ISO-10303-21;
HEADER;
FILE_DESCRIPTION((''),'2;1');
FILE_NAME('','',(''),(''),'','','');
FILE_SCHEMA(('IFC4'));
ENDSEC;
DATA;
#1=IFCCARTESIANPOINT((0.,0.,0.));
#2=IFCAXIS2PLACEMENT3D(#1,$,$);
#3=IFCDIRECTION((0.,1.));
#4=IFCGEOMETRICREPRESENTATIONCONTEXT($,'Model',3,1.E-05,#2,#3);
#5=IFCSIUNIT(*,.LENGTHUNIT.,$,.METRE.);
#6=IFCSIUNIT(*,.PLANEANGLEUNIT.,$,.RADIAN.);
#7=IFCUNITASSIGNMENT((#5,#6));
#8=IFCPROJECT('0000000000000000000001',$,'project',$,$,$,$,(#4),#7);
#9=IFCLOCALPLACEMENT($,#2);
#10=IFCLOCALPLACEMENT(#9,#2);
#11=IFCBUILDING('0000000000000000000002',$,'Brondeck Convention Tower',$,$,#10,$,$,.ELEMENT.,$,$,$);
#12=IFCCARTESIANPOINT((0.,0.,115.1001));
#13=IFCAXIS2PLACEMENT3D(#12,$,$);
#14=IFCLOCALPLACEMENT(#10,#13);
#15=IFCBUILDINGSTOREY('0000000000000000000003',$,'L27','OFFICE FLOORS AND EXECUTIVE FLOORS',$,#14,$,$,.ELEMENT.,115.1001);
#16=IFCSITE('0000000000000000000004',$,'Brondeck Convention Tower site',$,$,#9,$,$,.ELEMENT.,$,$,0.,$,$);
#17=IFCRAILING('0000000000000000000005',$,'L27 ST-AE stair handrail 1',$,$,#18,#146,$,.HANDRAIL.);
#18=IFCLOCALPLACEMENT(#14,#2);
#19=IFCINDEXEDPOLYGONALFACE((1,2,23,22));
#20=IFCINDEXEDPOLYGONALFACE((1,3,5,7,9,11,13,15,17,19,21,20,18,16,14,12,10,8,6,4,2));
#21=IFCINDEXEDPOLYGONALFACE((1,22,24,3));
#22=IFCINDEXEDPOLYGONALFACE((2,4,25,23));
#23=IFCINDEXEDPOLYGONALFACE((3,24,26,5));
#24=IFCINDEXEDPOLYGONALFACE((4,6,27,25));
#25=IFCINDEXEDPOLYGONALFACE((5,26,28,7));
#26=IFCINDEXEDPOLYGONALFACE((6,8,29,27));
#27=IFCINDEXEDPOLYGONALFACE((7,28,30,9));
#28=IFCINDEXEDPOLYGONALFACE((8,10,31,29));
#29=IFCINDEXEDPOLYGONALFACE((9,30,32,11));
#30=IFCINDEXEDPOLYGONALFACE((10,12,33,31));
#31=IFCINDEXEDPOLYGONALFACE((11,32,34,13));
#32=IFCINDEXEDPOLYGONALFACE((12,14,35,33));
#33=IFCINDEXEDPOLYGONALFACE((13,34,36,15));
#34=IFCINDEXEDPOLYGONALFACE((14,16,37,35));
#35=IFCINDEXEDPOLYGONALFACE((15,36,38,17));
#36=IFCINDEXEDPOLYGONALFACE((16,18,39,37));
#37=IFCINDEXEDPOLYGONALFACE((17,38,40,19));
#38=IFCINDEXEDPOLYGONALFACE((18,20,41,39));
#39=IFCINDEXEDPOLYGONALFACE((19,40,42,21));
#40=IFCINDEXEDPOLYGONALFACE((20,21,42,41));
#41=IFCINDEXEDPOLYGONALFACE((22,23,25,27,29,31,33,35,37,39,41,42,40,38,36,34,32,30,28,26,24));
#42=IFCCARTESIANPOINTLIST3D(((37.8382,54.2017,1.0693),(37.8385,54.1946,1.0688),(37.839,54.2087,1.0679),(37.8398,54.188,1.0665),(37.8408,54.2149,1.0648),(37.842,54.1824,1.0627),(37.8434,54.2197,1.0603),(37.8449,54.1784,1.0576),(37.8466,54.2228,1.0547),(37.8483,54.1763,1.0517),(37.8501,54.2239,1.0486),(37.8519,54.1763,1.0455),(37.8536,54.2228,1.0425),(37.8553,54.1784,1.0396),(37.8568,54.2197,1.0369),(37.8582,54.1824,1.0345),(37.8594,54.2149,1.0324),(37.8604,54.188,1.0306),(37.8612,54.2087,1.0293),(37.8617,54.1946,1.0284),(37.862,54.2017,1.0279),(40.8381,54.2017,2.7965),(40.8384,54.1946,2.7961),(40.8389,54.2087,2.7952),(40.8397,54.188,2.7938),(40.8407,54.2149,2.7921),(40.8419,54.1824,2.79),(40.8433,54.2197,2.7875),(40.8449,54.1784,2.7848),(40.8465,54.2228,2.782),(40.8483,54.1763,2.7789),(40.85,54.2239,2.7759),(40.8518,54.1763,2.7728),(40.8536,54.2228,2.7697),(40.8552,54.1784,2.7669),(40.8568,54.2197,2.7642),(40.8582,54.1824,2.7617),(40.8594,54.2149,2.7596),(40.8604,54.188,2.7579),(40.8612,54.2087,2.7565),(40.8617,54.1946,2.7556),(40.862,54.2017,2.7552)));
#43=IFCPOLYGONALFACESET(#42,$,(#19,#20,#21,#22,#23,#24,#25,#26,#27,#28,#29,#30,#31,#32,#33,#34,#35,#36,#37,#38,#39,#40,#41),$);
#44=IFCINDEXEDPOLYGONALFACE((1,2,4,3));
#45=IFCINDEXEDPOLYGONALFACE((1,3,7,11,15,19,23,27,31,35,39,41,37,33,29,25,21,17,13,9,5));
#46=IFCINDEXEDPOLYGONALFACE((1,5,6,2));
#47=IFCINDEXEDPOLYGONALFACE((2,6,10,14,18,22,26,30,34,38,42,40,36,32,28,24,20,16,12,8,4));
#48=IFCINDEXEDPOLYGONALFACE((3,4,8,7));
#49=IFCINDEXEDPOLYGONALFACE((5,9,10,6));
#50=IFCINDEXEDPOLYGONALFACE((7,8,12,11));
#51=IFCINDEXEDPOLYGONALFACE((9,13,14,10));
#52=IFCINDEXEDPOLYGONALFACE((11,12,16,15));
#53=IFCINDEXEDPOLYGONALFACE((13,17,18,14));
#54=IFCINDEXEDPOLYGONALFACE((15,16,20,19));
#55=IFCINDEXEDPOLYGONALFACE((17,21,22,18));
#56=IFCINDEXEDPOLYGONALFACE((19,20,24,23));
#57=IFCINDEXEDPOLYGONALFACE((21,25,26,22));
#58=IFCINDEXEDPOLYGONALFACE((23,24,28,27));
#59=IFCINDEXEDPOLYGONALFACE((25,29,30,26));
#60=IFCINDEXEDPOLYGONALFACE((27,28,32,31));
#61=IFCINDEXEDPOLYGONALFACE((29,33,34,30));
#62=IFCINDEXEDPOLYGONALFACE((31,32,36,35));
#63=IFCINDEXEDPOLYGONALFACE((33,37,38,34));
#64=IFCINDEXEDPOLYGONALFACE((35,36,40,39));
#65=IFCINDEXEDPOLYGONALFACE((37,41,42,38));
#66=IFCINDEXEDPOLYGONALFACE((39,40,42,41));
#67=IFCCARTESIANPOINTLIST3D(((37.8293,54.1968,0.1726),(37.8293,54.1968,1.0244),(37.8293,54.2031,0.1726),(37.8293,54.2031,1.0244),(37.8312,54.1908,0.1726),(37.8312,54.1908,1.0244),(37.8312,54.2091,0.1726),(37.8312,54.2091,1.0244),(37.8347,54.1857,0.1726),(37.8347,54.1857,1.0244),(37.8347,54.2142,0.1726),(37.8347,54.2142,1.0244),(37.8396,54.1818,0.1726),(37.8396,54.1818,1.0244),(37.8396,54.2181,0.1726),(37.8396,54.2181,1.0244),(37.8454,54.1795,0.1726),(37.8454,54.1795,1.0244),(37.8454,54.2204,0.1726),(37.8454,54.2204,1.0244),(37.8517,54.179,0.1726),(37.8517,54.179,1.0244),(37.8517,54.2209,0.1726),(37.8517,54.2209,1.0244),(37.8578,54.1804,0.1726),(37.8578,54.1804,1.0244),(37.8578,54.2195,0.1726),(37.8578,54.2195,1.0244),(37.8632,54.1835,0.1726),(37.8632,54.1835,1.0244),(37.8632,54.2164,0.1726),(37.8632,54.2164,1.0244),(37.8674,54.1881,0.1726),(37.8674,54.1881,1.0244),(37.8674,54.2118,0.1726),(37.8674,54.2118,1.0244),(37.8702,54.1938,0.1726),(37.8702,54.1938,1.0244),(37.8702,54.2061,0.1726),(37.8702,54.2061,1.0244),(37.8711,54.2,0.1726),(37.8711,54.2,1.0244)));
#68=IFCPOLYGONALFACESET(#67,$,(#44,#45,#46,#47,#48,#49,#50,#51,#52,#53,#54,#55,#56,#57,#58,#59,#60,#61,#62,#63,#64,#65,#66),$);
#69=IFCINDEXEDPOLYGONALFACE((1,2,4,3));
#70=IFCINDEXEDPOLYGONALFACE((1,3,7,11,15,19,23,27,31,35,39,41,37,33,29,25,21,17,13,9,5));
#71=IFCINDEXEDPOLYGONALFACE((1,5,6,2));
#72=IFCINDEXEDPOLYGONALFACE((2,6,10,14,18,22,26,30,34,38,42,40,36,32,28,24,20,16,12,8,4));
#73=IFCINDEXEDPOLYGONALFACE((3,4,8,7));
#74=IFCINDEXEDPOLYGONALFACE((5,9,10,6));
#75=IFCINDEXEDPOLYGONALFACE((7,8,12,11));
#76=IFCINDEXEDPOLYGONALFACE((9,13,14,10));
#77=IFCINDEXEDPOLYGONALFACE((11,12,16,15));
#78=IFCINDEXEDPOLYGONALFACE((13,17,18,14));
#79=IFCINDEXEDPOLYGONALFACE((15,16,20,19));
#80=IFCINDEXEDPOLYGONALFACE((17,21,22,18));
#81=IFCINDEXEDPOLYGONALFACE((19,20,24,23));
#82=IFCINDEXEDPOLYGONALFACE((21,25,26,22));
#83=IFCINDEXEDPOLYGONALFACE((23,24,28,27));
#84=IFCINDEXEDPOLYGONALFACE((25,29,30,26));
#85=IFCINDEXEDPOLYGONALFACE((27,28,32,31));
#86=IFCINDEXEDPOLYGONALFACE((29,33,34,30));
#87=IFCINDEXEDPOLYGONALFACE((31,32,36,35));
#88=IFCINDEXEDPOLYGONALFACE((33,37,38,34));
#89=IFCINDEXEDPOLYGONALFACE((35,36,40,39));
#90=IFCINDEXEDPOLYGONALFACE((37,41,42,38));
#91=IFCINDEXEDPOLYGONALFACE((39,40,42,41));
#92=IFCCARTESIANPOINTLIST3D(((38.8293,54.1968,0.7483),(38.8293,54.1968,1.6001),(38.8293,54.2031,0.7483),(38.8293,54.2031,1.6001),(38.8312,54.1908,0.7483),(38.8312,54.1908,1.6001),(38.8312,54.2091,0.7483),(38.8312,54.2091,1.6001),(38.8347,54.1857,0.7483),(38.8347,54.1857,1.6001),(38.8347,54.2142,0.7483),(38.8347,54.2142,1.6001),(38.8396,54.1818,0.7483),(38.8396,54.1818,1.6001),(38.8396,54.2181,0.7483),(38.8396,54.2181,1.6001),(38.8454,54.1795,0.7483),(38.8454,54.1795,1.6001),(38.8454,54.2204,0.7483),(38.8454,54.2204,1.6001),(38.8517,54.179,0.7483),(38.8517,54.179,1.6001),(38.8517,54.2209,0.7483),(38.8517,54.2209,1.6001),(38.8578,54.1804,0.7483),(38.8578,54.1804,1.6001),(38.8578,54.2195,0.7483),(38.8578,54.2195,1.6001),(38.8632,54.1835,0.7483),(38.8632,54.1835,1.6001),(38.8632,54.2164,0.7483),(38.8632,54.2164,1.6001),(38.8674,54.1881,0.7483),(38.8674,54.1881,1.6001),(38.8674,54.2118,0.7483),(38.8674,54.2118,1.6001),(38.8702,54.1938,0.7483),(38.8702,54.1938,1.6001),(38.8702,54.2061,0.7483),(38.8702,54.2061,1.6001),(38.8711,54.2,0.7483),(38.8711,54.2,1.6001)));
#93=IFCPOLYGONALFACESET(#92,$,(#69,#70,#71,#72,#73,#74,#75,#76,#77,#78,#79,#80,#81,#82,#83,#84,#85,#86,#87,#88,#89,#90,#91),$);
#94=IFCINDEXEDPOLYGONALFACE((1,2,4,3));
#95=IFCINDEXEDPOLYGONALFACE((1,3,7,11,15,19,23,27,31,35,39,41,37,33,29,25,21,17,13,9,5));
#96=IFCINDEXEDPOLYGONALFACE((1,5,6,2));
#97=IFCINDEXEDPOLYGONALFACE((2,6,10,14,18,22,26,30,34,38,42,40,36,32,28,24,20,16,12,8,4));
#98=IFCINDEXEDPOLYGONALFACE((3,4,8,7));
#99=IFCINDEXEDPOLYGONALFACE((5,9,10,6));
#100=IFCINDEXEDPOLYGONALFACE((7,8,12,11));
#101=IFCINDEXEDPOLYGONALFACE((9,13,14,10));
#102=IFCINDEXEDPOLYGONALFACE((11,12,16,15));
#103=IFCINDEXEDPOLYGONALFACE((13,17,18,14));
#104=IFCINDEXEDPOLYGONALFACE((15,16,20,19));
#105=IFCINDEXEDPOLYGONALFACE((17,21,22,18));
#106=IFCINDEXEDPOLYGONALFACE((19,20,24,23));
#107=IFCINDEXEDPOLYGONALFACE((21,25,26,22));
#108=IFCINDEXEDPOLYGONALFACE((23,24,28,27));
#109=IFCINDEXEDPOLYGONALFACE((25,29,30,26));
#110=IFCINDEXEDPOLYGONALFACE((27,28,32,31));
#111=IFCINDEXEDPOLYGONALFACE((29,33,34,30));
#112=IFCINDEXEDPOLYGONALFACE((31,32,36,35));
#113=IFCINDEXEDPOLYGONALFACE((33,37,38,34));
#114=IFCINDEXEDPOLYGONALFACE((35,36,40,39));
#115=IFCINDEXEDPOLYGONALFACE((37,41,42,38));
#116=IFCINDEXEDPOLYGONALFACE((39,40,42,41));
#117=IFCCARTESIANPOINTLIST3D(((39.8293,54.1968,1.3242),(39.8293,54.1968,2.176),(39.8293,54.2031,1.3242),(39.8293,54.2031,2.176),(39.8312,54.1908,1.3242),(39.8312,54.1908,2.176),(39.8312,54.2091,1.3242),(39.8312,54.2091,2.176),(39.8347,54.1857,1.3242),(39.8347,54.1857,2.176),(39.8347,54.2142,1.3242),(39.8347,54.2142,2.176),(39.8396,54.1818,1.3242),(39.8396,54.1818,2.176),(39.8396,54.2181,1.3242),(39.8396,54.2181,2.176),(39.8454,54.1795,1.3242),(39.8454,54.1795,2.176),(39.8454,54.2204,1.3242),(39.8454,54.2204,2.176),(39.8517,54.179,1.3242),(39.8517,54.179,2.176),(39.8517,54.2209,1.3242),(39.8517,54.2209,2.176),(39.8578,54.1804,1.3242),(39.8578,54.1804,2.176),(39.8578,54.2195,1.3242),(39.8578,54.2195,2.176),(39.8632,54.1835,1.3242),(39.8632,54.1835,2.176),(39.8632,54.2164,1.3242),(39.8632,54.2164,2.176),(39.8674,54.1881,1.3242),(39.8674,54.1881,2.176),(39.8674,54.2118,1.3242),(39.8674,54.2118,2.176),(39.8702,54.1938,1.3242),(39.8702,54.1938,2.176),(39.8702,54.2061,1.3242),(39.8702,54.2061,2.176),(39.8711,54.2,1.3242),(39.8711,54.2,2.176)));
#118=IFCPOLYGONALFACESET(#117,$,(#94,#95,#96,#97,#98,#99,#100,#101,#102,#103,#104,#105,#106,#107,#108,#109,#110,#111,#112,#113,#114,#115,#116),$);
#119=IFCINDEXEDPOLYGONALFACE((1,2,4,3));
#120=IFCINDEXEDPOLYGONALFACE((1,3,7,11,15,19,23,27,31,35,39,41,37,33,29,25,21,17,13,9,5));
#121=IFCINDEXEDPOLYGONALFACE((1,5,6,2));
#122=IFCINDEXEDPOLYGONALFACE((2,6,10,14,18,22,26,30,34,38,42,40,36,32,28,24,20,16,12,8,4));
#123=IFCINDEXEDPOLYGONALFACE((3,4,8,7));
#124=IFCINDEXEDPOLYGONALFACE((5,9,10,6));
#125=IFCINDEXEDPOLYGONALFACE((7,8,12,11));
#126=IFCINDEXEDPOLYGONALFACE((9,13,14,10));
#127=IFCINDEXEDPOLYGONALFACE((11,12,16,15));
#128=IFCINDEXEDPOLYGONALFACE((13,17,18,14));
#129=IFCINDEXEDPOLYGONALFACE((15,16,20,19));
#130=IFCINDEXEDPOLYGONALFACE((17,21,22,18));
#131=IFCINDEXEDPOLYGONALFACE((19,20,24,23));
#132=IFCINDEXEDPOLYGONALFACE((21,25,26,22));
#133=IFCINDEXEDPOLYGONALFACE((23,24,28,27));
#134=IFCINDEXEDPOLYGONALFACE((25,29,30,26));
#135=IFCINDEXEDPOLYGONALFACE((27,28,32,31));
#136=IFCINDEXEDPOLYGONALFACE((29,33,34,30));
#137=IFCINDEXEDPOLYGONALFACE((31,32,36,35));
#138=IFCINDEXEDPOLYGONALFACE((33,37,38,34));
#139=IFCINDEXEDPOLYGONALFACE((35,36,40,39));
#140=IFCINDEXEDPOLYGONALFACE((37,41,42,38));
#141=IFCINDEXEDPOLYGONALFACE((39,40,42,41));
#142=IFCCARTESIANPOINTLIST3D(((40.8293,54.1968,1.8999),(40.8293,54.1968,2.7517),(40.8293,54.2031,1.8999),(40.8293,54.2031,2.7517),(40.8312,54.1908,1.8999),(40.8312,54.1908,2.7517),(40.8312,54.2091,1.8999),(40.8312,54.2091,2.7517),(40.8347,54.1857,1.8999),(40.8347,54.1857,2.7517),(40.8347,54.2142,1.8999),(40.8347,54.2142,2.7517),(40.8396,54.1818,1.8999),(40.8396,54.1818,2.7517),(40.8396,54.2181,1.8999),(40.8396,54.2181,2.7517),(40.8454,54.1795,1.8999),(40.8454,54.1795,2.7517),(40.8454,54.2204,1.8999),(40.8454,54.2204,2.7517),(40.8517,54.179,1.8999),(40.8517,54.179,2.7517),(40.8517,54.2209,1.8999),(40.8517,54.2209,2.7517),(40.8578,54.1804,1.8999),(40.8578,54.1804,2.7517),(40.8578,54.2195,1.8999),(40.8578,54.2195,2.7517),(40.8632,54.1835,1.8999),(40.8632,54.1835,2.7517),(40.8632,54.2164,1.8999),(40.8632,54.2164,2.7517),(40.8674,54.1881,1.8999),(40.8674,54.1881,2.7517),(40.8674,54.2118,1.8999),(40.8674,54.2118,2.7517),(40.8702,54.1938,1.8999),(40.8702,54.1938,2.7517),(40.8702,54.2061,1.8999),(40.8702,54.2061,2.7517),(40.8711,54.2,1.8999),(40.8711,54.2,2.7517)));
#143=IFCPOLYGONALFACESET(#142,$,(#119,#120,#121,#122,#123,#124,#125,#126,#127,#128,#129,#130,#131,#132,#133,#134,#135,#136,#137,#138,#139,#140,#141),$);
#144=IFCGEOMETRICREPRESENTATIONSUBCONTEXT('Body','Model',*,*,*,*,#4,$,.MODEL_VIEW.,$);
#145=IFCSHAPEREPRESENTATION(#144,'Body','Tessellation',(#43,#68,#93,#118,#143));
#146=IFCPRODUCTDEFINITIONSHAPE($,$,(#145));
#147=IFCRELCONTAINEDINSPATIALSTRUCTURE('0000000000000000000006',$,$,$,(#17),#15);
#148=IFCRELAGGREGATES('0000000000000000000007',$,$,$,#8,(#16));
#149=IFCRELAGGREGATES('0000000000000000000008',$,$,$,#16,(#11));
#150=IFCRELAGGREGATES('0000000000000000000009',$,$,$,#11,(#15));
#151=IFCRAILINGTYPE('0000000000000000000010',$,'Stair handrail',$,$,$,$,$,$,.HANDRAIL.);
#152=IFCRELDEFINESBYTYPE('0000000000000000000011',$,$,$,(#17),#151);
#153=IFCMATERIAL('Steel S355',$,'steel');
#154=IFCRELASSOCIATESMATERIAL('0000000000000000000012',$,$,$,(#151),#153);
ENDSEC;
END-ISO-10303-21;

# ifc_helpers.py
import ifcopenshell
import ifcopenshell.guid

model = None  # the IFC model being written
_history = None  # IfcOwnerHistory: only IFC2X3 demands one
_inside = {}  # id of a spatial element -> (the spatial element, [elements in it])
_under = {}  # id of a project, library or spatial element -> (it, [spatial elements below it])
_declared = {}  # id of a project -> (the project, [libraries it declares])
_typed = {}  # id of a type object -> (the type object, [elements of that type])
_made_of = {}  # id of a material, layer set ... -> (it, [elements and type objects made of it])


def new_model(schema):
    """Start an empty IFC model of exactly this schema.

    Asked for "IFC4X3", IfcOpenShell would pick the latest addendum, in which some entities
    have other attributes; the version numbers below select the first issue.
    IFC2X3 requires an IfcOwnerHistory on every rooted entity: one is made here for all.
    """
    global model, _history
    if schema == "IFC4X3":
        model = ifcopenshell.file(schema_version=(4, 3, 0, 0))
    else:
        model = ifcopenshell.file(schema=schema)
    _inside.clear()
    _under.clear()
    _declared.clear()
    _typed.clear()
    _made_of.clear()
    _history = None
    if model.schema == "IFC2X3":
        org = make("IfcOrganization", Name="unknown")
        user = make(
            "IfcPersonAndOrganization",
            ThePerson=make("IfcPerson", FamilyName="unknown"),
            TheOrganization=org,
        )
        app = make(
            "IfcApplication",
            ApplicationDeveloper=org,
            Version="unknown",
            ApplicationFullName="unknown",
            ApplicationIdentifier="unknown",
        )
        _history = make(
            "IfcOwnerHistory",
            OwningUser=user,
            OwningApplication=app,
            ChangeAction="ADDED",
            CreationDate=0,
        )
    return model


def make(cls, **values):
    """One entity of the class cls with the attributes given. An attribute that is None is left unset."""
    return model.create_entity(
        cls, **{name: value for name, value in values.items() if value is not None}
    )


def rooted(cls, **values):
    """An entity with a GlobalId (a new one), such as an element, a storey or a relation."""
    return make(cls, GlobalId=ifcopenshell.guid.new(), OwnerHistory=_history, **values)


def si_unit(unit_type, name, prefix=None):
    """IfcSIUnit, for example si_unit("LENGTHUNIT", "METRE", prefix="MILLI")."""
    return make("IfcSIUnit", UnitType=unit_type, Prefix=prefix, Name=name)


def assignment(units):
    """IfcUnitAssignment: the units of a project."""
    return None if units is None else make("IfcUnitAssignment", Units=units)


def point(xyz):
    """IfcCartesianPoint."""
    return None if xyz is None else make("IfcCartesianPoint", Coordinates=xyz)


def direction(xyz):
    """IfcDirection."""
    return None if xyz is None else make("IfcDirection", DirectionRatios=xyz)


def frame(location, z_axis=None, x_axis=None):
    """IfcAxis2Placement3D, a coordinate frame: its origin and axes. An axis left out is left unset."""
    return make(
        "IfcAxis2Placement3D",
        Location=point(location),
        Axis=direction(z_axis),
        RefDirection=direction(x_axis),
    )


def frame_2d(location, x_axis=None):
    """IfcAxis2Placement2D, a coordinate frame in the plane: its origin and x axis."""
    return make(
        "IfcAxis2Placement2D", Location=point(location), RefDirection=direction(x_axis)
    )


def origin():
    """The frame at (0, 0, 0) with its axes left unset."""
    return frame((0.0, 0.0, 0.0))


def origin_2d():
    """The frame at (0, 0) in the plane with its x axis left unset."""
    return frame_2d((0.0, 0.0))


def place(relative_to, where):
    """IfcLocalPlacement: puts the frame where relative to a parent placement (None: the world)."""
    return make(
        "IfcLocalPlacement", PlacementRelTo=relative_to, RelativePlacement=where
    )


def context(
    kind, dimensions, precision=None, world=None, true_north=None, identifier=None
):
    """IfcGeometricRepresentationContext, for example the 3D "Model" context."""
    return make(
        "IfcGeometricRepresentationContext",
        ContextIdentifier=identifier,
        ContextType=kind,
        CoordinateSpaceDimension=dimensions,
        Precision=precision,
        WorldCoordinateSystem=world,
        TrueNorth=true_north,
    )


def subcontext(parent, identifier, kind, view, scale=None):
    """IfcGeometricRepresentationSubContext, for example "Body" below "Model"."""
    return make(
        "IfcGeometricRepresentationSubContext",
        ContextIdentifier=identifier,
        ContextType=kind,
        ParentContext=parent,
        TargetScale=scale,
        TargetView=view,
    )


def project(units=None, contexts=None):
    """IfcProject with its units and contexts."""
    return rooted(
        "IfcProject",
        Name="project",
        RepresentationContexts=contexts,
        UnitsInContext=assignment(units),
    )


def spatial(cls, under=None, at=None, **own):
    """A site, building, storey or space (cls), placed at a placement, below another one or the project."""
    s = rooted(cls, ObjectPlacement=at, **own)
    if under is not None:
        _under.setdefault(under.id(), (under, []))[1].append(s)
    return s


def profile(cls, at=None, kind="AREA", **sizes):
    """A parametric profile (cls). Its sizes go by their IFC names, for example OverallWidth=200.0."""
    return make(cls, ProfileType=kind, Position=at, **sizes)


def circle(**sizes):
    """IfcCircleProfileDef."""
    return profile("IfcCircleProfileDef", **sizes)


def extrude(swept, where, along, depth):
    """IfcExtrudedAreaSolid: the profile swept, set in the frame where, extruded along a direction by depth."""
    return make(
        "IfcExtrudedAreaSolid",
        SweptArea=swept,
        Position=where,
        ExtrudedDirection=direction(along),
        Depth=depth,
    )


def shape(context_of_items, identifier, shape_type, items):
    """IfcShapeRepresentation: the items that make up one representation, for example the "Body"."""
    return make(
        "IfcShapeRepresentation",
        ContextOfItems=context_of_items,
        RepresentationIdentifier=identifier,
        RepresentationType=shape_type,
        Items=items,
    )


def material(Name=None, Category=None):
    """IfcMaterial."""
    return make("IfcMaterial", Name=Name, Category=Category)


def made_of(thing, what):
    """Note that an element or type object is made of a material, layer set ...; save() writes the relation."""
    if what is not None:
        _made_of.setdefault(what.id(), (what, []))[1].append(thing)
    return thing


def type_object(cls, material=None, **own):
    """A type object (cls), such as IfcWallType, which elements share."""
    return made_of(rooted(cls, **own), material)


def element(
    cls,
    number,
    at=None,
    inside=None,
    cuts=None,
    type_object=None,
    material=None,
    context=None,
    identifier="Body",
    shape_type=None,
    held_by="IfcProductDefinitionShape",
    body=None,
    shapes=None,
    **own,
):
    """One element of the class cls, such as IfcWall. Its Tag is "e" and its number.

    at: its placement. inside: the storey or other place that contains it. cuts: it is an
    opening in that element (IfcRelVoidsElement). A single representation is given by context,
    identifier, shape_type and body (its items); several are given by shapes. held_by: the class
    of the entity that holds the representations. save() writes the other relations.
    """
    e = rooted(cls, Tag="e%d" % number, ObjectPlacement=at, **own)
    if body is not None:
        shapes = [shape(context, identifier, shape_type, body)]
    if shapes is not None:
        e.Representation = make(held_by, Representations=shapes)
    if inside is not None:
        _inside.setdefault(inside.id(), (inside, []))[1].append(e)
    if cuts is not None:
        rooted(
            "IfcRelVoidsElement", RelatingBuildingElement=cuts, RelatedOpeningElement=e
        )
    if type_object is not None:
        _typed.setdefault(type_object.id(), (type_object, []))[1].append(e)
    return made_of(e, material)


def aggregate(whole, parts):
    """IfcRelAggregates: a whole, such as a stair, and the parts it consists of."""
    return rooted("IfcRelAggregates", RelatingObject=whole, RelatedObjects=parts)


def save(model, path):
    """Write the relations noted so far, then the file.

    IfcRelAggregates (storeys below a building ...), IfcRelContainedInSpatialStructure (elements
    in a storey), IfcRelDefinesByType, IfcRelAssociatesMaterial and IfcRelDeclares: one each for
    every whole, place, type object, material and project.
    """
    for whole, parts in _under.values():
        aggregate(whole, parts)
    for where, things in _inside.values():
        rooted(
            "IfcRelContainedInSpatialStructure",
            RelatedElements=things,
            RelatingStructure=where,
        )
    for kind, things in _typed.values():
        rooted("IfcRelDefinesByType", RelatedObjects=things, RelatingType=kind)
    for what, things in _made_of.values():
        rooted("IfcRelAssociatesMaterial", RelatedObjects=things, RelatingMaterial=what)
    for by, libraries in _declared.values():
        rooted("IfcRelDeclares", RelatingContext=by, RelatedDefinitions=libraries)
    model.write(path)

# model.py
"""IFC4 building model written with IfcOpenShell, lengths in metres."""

from ifc_helpers import new_model, si_unit, direction, frame, origin, origin_2d, place, context, subcontext, project, spatial, circle, extrude, material, type_object, element, save


model = new_model("IFC4")

# Units and contexts
model_context = context("Model", 3, precision=1e-05, world=origin(), true_north=direction((0.0, 1.0)))
body_context = subcontext(model_context, "Body", "Model", "MODEL_VIEW")
ifc_project = project(units=[si_unit("LENGTHUNIT", "METRE"), si_unit("PLANEANGLEUNIT", "RADIAN")], contexts=[model_context])

# Site, building, storey
site_placement = place(None, origin())
site = spatial("IfcSite", under=ifc_project, at=site_placement, Name="Brondeck Convention Tower site", CompositionType="ELEMENT", RefElevation=0.0)
building_placement = place(site_placement, origin())
building = spatial("IfcBuilding", under=site, at=building_placement, Name="Brondeck Convention Tower", CompositionType="ELEMENT")
storey_placement = place(building_placement, frame((0.0, 0.0, 115.1001)))
storey = spatial("IfcBuildingStorey", under=building, at=storey_placement, Name="L27", Description="OFFICE FLOORS AND EXECUTIVE FLOORS", CompositionType="ELEMENT", Elevation=115.1001)

# Shared definitions
ifc_material_1 = material(Name="Steel S355", Category="steel")

# Railing
railing_type_1 = type_object("IfcRailingType", Name="Stair handrail", PredefinedType="HANDRAIL", material=ifc_material_1)
railing_1_placement = place(storey_placement, frame((37.8501, 54.2, 0.1726)))
element("IfcRailing", 1, at=railing_1_placement, inside=storey, type_object=railing_type_1, Name="L27 ST-AE stair handrail 1", PredefinedType="HANDRAIL", context=body_context, shape_type="SweptSolid", body=[
    extrude(circle(Radius=0.0239, at=origin_2d()), frame((0.0, 0.0, 0.876), z_axis=(0.86662, 0.0, 0.498969), x_axis=(0.0, 1.0, 0.0)), (0.0, 0.0, 1.0), 3.4617),
    extrude(circle(Radius=0.021, at=origin_2d()), origin(), (0.0, 0.0, 1.0), 0.8518),
    extrude(circle(Radius=0.021, at=origin_2d()), frame((1.0, 0.0, 0.5757)), (0.0, 0.0, 1.0), 0.8518),
    extrude(circle(Radius=0.021, at=origin_2d()), frame((2.0, 0.0, 1.1516)), (0.0, 0.0, 1.0), 0.8518),
    extrude(circle(Radius=0.021, at=origin_2d()), frame((3.0, 0.0, 1.7273)), (0.0, 0.0, 1.0), 0.8518),
])

save(model, "model.ifc")
